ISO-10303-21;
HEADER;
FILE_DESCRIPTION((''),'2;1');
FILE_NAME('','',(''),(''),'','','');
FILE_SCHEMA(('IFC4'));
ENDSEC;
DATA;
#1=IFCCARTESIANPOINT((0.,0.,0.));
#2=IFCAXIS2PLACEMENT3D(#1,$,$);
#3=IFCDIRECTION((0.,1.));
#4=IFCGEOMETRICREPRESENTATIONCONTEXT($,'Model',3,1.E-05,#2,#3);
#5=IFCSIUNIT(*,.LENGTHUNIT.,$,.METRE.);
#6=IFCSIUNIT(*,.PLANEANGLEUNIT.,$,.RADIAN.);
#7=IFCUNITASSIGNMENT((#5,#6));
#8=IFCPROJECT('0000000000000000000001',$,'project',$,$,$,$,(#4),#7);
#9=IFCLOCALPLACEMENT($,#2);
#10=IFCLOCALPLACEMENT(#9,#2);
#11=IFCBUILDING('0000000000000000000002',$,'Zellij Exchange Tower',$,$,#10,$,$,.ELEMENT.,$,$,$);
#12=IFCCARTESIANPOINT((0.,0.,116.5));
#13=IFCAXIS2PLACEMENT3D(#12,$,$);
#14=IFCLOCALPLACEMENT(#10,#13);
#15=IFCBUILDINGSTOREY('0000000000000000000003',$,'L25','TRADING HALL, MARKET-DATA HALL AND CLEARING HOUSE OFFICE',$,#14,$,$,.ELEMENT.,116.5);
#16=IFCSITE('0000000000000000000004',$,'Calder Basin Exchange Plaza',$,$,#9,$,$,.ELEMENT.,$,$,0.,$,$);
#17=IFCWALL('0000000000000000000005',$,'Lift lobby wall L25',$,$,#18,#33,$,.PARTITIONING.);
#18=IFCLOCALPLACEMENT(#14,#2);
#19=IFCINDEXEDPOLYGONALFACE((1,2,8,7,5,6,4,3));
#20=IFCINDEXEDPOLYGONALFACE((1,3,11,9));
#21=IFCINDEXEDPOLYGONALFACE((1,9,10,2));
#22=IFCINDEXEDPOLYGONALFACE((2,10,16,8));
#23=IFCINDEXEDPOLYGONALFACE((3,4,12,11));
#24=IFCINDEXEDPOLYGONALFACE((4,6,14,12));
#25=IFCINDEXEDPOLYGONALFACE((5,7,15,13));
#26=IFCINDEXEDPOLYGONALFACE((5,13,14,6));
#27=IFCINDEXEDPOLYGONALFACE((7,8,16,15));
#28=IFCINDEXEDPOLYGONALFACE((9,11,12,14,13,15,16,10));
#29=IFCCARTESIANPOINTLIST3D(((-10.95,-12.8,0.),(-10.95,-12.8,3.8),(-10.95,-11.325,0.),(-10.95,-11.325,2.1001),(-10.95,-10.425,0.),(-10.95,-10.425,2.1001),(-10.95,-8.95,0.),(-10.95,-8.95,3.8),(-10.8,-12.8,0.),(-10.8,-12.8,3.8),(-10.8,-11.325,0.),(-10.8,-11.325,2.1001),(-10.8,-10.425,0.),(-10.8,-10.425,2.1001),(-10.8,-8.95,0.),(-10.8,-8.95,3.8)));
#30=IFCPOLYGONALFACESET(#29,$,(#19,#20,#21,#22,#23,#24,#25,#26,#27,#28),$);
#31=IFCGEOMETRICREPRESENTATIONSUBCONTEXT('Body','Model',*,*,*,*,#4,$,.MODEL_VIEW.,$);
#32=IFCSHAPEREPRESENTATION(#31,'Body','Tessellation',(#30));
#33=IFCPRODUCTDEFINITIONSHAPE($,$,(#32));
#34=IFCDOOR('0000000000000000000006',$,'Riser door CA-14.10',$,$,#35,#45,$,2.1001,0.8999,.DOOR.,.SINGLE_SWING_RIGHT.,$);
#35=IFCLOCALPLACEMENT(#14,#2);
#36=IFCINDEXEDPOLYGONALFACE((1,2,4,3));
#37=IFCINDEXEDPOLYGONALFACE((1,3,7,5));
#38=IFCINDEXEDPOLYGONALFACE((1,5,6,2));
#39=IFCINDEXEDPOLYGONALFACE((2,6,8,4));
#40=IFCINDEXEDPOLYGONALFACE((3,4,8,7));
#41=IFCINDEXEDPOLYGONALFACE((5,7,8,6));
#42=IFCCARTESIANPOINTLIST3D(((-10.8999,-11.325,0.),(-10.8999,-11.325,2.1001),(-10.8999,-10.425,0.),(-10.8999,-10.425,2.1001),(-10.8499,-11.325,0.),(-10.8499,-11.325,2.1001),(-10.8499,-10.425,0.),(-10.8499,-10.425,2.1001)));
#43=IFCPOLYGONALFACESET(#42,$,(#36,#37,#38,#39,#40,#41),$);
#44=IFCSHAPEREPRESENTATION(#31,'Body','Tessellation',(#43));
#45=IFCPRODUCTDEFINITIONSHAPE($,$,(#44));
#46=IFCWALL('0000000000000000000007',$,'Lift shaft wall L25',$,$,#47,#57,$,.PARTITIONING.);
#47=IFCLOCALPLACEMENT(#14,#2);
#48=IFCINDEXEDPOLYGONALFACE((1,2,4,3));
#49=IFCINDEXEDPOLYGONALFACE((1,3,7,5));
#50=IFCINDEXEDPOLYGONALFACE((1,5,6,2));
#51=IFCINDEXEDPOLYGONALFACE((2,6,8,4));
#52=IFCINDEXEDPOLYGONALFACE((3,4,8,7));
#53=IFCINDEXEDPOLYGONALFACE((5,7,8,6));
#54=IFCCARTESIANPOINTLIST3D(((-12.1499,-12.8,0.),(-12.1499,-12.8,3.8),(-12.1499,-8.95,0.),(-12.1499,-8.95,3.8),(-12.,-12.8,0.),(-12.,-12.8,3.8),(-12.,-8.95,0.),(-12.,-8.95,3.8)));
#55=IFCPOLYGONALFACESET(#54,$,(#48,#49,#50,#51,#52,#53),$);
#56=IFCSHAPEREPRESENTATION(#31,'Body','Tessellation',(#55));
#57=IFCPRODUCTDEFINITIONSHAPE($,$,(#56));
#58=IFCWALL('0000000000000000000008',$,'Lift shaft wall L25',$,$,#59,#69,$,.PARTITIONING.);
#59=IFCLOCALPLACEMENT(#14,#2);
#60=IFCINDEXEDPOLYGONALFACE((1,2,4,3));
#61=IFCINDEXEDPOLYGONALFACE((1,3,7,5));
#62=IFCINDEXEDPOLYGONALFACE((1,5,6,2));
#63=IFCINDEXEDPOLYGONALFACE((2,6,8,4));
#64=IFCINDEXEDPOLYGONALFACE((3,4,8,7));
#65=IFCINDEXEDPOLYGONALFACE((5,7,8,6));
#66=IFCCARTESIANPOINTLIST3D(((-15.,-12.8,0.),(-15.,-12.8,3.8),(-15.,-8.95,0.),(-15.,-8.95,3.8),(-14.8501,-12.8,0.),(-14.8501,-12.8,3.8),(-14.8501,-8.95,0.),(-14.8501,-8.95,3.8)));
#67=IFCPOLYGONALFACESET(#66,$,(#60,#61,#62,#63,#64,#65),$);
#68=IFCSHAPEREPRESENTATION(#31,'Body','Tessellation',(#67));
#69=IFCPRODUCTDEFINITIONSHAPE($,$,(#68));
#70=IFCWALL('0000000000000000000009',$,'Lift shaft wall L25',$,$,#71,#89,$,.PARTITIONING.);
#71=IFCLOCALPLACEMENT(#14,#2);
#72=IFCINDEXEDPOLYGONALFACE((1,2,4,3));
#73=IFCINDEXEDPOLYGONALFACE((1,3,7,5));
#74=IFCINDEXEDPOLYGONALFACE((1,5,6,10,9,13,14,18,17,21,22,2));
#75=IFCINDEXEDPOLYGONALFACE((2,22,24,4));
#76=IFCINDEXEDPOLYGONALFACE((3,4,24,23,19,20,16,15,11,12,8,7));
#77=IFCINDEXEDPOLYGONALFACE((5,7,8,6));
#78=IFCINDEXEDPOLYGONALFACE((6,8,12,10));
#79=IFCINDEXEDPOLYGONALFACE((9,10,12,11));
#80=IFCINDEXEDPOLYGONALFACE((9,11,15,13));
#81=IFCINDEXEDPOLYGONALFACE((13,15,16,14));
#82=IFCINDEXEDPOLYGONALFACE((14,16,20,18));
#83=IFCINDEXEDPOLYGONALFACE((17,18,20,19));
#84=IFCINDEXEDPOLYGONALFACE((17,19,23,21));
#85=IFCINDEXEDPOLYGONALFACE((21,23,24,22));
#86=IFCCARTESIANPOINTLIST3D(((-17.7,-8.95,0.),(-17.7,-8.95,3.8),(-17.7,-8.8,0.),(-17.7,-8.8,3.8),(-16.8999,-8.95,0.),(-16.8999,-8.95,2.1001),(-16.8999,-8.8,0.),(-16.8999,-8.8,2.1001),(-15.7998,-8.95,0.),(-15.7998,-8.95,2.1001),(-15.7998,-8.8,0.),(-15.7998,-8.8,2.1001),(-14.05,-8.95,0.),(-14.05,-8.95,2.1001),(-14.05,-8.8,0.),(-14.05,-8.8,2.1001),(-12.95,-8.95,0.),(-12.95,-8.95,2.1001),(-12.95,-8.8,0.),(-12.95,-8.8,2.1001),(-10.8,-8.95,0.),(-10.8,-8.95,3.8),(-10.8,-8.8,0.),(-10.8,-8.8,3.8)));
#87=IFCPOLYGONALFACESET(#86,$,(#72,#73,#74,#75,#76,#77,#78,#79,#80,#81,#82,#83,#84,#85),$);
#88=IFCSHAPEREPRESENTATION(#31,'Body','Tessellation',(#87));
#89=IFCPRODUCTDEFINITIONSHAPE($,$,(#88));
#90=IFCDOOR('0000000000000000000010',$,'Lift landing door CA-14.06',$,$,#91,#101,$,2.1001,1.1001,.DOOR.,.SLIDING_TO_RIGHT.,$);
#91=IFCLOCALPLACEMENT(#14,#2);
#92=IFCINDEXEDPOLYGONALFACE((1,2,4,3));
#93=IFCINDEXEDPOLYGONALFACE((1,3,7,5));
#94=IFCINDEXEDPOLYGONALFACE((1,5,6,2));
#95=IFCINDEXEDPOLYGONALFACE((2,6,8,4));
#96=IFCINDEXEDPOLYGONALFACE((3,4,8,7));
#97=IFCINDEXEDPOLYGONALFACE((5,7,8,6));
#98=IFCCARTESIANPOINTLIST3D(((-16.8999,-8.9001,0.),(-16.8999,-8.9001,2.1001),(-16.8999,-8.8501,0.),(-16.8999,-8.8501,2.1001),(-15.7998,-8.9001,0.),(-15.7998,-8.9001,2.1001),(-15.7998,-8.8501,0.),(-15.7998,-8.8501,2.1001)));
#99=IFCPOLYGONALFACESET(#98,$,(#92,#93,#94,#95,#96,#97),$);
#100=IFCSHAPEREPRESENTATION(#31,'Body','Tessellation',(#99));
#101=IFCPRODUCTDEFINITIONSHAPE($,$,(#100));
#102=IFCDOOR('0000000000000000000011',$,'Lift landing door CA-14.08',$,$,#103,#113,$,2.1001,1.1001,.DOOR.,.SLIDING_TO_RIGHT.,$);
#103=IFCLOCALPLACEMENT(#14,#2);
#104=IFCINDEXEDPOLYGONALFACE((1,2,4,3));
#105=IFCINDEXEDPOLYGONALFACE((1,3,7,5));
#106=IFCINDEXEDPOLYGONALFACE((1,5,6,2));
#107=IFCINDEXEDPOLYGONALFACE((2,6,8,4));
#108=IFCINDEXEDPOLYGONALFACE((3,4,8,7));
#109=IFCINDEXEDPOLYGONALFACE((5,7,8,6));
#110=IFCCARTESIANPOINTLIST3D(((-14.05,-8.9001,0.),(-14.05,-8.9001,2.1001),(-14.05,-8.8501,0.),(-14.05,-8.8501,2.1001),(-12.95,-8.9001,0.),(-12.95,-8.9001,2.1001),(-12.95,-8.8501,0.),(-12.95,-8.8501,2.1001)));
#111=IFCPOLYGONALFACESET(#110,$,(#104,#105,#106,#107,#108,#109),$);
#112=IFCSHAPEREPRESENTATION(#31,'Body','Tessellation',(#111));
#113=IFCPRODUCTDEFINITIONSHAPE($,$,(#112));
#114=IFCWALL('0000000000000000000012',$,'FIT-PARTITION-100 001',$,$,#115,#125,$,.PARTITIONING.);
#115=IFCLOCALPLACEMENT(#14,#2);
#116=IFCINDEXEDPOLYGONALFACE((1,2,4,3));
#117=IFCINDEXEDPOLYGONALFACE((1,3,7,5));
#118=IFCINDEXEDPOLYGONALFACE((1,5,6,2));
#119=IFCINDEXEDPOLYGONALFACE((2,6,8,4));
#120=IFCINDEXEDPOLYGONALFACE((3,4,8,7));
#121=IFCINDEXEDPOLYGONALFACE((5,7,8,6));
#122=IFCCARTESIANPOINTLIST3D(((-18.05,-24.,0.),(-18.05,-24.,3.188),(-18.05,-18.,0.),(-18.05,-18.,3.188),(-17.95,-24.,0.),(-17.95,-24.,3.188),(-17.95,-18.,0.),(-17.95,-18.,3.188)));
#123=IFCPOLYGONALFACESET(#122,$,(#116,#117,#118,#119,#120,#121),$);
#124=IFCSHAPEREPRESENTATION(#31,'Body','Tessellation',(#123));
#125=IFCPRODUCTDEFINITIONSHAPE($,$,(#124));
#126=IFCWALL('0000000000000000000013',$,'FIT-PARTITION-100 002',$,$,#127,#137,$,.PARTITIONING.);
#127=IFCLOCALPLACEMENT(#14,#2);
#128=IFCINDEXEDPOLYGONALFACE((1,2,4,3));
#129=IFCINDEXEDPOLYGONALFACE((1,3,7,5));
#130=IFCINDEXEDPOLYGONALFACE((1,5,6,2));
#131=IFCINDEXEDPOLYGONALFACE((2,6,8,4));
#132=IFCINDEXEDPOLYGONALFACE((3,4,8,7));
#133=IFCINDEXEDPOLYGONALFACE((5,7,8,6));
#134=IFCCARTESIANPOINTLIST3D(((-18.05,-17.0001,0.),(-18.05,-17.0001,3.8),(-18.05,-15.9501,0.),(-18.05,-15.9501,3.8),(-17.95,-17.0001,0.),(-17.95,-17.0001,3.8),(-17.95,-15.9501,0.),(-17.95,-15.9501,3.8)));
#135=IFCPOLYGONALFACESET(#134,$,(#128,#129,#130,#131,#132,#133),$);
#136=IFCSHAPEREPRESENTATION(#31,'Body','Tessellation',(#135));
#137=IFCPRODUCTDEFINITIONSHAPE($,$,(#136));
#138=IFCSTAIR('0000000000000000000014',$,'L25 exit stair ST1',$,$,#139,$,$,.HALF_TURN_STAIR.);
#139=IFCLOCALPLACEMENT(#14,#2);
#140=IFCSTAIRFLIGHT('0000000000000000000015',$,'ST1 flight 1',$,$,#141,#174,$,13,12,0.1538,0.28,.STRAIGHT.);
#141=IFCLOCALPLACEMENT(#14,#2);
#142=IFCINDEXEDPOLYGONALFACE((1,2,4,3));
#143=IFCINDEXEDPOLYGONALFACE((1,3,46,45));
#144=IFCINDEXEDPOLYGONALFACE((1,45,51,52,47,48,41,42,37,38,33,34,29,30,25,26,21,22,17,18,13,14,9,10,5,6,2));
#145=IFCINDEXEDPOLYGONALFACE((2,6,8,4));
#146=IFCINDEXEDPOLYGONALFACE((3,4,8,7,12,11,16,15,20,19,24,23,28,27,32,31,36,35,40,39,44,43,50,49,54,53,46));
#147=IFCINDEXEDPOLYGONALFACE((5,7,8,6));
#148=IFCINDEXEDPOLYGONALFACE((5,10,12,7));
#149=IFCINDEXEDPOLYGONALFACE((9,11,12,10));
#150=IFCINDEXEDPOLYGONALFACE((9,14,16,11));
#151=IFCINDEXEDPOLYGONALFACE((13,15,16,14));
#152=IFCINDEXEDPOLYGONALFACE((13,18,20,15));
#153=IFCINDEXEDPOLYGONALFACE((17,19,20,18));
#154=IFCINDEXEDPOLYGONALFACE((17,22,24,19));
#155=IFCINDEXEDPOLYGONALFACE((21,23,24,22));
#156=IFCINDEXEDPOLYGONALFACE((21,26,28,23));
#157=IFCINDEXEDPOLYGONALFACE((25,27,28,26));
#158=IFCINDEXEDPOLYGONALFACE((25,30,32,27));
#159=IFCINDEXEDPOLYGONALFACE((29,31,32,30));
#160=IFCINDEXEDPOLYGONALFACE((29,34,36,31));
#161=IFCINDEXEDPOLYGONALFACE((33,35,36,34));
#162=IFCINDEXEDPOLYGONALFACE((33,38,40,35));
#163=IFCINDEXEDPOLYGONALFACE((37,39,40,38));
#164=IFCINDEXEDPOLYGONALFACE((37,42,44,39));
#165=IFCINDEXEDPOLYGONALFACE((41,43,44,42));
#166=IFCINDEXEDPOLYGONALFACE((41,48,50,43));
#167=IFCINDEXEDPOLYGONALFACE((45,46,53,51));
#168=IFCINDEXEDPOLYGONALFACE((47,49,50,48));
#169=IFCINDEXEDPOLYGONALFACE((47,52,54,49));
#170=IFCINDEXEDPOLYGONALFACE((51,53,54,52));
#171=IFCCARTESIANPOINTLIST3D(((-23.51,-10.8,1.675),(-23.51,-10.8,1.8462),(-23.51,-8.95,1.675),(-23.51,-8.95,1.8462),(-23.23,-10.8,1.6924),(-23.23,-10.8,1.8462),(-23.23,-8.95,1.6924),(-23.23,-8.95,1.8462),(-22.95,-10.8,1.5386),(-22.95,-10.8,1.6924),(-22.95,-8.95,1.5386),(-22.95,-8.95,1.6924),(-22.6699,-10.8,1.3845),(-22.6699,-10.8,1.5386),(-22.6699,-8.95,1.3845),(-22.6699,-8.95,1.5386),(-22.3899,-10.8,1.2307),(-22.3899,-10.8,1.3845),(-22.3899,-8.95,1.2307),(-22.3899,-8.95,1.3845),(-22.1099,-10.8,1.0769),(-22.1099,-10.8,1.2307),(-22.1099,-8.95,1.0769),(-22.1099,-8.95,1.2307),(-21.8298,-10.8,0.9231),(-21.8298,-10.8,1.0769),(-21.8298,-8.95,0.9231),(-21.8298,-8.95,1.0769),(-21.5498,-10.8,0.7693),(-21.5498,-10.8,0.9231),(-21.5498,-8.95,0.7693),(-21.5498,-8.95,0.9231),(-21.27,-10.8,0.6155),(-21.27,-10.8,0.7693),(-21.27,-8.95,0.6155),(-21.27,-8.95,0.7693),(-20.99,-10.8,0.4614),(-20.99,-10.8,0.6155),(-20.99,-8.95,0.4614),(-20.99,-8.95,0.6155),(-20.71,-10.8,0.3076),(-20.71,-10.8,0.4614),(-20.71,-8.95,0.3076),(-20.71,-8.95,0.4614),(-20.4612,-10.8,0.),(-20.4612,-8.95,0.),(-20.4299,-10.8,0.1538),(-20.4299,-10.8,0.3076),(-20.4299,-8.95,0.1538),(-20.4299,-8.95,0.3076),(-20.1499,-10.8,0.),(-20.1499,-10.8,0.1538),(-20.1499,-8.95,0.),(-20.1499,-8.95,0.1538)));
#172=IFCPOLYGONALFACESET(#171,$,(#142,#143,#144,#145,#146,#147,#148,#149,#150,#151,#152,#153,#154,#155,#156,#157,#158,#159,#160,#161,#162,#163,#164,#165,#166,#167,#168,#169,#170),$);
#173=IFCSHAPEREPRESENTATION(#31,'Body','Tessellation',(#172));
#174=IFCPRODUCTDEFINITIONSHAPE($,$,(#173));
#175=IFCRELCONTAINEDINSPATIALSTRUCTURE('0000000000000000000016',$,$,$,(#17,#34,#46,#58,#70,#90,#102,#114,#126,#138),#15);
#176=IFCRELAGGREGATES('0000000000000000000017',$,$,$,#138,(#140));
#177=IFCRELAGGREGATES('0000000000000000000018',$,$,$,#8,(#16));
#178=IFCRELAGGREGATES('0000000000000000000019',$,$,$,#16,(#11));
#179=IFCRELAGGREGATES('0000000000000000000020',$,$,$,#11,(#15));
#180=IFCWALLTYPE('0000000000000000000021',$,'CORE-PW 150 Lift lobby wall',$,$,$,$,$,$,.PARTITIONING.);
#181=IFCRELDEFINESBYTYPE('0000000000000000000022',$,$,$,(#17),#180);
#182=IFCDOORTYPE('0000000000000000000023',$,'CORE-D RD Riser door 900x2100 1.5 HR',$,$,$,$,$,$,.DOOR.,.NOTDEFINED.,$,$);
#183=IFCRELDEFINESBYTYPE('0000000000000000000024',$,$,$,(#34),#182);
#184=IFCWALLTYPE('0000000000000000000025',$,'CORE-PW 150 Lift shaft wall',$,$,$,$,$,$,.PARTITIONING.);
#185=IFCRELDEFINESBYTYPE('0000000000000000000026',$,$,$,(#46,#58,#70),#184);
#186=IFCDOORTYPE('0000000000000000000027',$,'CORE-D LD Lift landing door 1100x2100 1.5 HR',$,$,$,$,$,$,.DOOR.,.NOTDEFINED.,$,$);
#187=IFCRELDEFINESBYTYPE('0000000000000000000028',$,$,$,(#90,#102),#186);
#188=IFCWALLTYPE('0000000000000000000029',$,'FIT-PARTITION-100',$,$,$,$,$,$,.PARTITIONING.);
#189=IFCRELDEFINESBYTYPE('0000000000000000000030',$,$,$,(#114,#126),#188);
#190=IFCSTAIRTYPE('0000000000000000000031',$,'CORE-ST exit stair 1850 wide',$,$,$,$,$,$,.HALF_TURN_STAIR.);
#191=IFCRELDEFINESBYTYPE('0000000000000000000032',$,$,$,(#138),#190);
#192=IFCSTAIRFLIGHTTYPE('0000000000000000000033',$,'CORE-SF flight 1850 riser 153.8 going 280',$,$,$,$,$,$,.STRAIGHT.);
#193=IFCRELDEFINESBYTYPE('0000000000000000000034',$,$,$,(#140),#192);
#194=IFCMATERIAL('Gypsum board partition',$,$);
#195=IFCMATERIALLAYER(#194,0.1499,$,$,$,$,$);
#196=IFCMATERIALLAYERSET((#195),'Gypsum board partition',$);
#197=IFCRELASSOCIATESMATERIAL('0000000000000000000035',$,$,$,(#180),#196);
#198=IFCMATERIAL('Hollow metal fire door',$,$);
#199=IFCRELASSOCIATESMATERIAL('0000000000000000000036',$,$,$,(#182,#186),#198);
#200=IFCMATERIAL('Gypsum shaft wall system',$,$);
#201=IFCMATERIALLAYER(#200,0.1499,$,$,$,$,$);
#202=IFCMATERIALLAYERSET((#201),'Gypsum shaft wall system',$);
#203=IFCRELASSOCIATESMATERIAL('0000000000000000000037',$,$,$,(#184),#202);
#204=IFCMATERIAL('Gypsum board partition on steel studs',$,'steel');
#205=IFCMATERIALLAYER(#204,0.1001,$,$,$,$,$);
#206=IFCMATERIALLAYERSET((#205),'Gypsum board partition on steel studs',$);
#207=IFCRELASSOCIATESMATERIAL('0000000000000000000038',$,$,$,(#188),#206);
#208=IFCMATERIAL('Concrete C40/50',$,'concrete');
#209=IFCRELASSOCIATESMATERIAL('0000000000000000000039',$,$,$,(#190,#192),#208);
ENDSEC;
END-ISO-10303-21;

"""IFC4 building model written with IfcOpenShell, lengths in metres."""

from ifc_helpers import new_model, si_unit, direction, frame, frame_2d, origin, place, context, subcontext, project, spatial, polyline, rectangle, outline, extrude, material, layer, layer_set, type_object, element, fill, aggregate, save


model = new_model("IFC4")

# Units and contexts
model_context = context("Model", 3, precision=1e-05, world=origin(), true_north=direction((0.0, 1.0)))
body_context = subcontext(model_context, "Body", "Model", "MODEL_VIEW")
ifc_project = project(units=[si_unit("LENGTHUNIT", "METRE"), si_unit("PLANEANGLEUNIT", "RADIAN")], contexts=[model_context])

# Site, building, storey
site_placement = place(None, origin())
site = spatial("IfcSite", under=ifc_project, at=site_placement, Name="Calder Basin Exchange Plaza", CompositionType="ELEMENT", RefElevation=0.0)
building_placement = place(site_placement, origin())
building = spatial("IfcBuilding", under=site, at=building_placement, Name="Zellij Exchange Tower", CompositionType="ELEMENT")
storey_placement = place(building_placement, frame((0.0, 0.0, 116.5)))
storey = spatial("IfcBuildingStorey", under=building, at=storey_placement, Name="L25", Description="TRADING HALL, MARKET-DATA HALL AND CLEARING HOUSE OFFICE", CompositionType="ELEMENT", Elevation=116.5)

# Wall, opening, door
ifc_material_1 = material(Name="Gypsum board partition")
ifc_layer_1 = layer(ifc_material_1, 0.1499)
ifc_layer_set_1 = layer_set([ifc_layer_1], Name="Gypsum board partition")
wall_type_1 = type_object("IfcWallType", Name="CORE-PW 150 Lift lobby wall", PredefinedType="PARTITIONING", material=ifc_layer_set_1)
wall_1_placement = place(storey_placement, frame((-10.875, -12.8, 0.0), z_axis=(0.0, 0.0, 1.0), x_axis=(0.0, 1.0, 0.0)))
wall_1 = element("IfcWall", 1, at=wall_1_placement, inside=storey, type_object=wall_type_1, Name="Lift lobby wall L25", PredefinedType="PARTITIONING", context=body_context, shape_type="SweptSolid", body=[
    extrude(rectangle(XDim=3.8501, YDim=0.1499, at=frame_2d((1.925, 0.0))), origin(), (0.0, 0.0, 1.0), 3.8),
])
opening_1_placement = place(wall_1_placement, frame((1.4751, 0.0, 0.0)))
opening_1 = element("IfcOpeningElement", 2, at=opening_1_placement, cuts=wall_1, PredefinedType="OPENING", context=body_context, shape_type="SweptSolid", body=[
    extrude(rectangle(XDim=0.8999, YDim=2.1001, at=frame_2d((0.45, 1.05))), frame((0.0, 0.0869, 0.0), z_axis=(0.0, -1.0, 0.0), x_axis=(1.0, 0.0, 0.0)), (0.0, 0.0, 1.0), 0.1738),
])
ifc_material_2 = material(Name="Hollow metal fire door")
door_type_1 = type_object("IfcDoorType", Name="CORE-D RD Riser door 900x2100 1.5 HR", OperationType="NOTDEFINED", PredefinedType="DOOR", material=ifc_material_2)
door_1_placement = place(opening_1_placement, origin())
door_1 = element("IfcDoor", 3, at=door_1_placement, inside=storey, type_object=door_type_1, Name="Riser door CA-14.10", OperationType="SINGLE_SWING_RIGHT", OverallHeight=2.1001, OverallWidth=0.8999, PredefinedType="DOOR", context=body_context, shape_type="SweptSolid", body=[
    extrude(rectangle(XDim=0.8999, YDim=2.1001, at=frame_2d((0.45, 1.05))), frame((0.0, 0.0249, 0.0), z_axis=(0.0, -1.0, 0.0), x_axis=(1.0, 0.0, 0.0)), (0.0, 0.0, 1.0), 0.05),
])
fill(opening_1, door_1)

# Walls
ifc_material_3 = material(Name="Gypsum shaft wall system")
ifc_layer_2 = layer(ifc_material_3, 0.1499)
ifc_layer_set_2 = layer_set([ifc_layer_2], Name="Gypsum shaft wall system")
wall_type_2 = type_object("IfcWallType", Name="CORE-PW 150 Lift shaft wall", PredefinedType="PARTITIONING", material=ifc_layer_set_2)
for number, where, z_axis, x_axis, name in (
    (4, (-12.075, -12.8, 0.0), (0.0, 0.0, 1.0), (0.0, 1.0, 0.0), "Lift shaft wall L25"),
    (5, (-14.925, -12.8, 0.0), (0.0, 0.0, 1.0), (0.0, 1.0, 0.0), "Lift shaft wall L25"),
):
    element("IfcWall", number, at=place(storey_placement, frame(where, z_axis=z_axis, x_axis=x_axis)), inside=storey, type_object=wall_type_2, Name=name, PredefinedType="PARTITIONING", context=body_context, shape_type="SweptSolid", body=[
        extrude(rectangle(XDim=3.8501, YDim=0.1499, at=frame_2d((1.925, 0.0))), origin(), (0.0, 0.0, 1.0), 3.8),
    ])

# Wall, openings, doors
wall_2_placement = place(storey_placement, frame((-17.7, -8.875, 0.0), z_axis=(0.0, 0.0, 1.0), x_axis=(1.0, 0.0, 0.0)))
wall_2 = element("IfcWall", 6, at=wall_2_placement, inside=storey, type_object=wall_type_2, Name="Lift shaft wall L25", PredefinedType="PARTITIONING", context=body_context, shape_type="SweptSolid", body=[
    extrude(rectangle(XDim=6.8999, YDim=0.1499, at=frame_2d((3.45, 0.0))), origin(), (0.0, 0.0, 1.0), 3.8),
])
opening_2_placement = place(wall_2_placement, frame((0.8, 0.0, 0.0)))
opening_2 = element("IfcOpeningElement", 7, at=opening_2_placement, cuts=wall_2, PredefinedType="OPENING", context=body_context, shape_type="SweptSolid", body=[
    extrude(rectangle(XDim=1.1001, YDim=2.1001, at=frame_2d((0.55, 1.05))), frame((0.0, 0.0869, 0.0), z_axis=(0.0, -1.0, 0.0), x_axis=(1.0, 0.0, 0.0)), (0.0, 0.0, 1.0), 0.1738),
])
opening_3_placement = place(wall_2_placement, frame((3.6499, 0.0, 0.0)))
opening_3 = element("IfcOpeningElement", 8, at=opening_3_placement, cuts=wall_2, PredefinedType="OPENING", context=body_context, shape_type="SweptSolid", body=[
    extrude(rectangle(XDim=1.1001, YDim=2.1001, at=frame_2d((0.55, 1.05))), frame((0.0, 0.0869, 0.0), z_axis=(0.0, -1.0, 0.0), x_axis=(1.0, 0.0, 0.0)), (0.0, 0.0, 1.0), 0.1738),
])
door_type_2 = type_object("IfcDoorType", Name="CORE-D LD Lift landing door 1100x2100 1.5 HR", OperationType="NOTDEFINED", PredefinedType="DOOR", material=ifc_material_2)
door_2_placement = place(opening_2_placement, origin())
door_2 = element("IfcDoor", 9, at=door_2_placement, inside=storey, type_object=door_type_2, Name="Lift landing door CA-14.06", OperationType="SLIDING_TO_RIGHT", OverallHeight=2.1001, OverallWidth=1.1001, PredefinedType="DOOR", context=body_context, shape_type="SweptSolid", body=[
    extrude(rectangle(XDim=1.1001, YDim=2.1001, at=frame_2d((0.55, 1.05))), frame((0.0, 0.0249, 0.0), z_axis=(0.0, -1.0, 0.0), x_axis=(1.0, 0.0, 0.0)), (0.0, 0.0, 1.0), 0.05),
])
fill(opening_2, door_2)
door_3_placement = place(opening_3_placement, origin())
door_3 = element("IfcDoor", 10, at=door_3_placement, inside=storey, type_object=door_type_2, Name="Lift landing door CA-14.08", OperationType="SLIDING_TO_RIGHT", OverallHeight=2.1001, OverallWidth=1.1001, PredefinedType="DOOR", context=body_context, shape_type="SweptSolid", body=[
    extrude(rectangle(XDim=1.1001, YDim=2.1001, at=frame_2d((0.55, 1.05))), frame((0.0, 0.0249, 0.0), z_axis=(0.0, -1.0, 0.0), x_axis=(1.0, 0.0, 0.0)), (0.0, 0.0, 1.0), 0.05),
])
fill(opening_3, door_3)

# Walls
ifc_material_4 = material(Name="Gypsum board partition on steel studs", Category="steel")
ifc_layer_3 = layer(ifc_material_4, 0.1001)
ifc_layer_set_3 = layer_set([ifc_layer_3], Name="Gypsum board partition on steel studs")
wall_type_3 = type_object("IfcWallType", Name="FIT-PARTITION-100", PredefinedType="PARTITIONING", material=ifc_layer_set_3)
wall_3_placement = place(storey_placement, frame((-18.0, -24.0, 0.0), z_axis=(0.0, 0.0, 1.0), x_axis=(0.0, 1.0, 0.0)))
element("IfcWall", 11, at=wall_3_placement, inside=storey, type_object=wall_type_3, Name="FIT-PARTITION-100 001", PredefinedType="PARTITIONING", context=body_context, shape_type="SweptSolid", body=[
    extrude(rectangle(XDim=6.0, YDim=0.1001, at=frame_2d((3.0, 0.0))), origin(), (0.0, 0.0, 1.0), 3.188),
])
wall_4_placement = place(storey_placement, frame((-18.0, -17.0, 0.0), z_axis=(0.0, 0.0, 1.0), x_axis=(0.0, 1.0, 0.0)))
element("IfcWall", 12, at=wall_4_placement, inside=storey, type_object=wall_type_3, Name="FIT-PARTITION-100 002", PredefinedType="PARTITIONING", context=body_context, shape_type="SweptSolid", body=[
    extrude(rectangle(XDim=1.05, YDim=0.1001, at=frame_2d((0.5249, 0.0))), origin(), (0.0, 0.0, 1.0), 3.8),
])

# Stair, stair flight
ifc_material_5 = material(Name="Concrete C40/50", Category="concrete")
stair_type = type_object("IfcStairType", Name="CORE-ST exit stair 1850 wide", PredefinedType="HALF_TURN_STAIR", material=ifc_material_5)
stair_placement = place(storey_placement, origin())
stair = element("IfcStair", 13, at=stair_placement, inside=storey, type_object=stair_type, Name="L25 exit stair ST1", PredefinedType="HALF_TURN_STAIR")
stair_flight_type = type_object("IfcStairFlightType", Name="CORE-SF flight 1850 riser 153.8 going 280", PredefinedType="STRAIGHT", material=ifc_material_5)
stair_flight_1_placement = place(storey_placement, frame((-20.1499, -9.875, 0.0), z_axis=(0.0, 0.0, 1.0), x_axis=(-1.0, 0.0, 0.0)))
stair_flight_1 = element("IfcStairFlight", 14, at=stair_flight_1_placement, type_object=stair_flight_type, Name="ST1 flight 1", NumberOfRisers=13, NumberOfTreads=12, PredefinedType="STRAIGHT", RiserHeight=0.1538, TreadLength=0.28, context=body_context, shape_type="SweptSolid", body=[
    extrude(outline(polyline([(0.0, 0.0), (0.0, 0.1538), (0.28, 0.1538), (0.28, 0.3076), (0.5601, 0.3076), (0.5601, 0.4614), (0.8401, 0.4614), (0.8401, 0.6155), (1.1201, 0.6155), (1.1201, 0.7693), (1.3999, 0.7693), (1.3999, 0.9231), (1.6799, 0.9231), (1.6799, 1.0769), (1.96, 1.0769), (1.96, 1.2307), (2.24, 1.2307), (2.24, 1.3845), (2.52, 1.3845), (2.52, 1.5386), (2.8, 1.5386), (2.8, 1.6924), (3.0801, 1.6924), (3.0801, 1.8462), (3.3601, 1.8462), (3.3601, 2.0), (3.3601, 1.675), (0.3113, 0.0), (0.0, 0.0)])), frame((0.0, 0.925, 0.0), z_axis=(0.0, -1.0, 0.0), x_axis=(1.0, 0.0, 0.0)), (0.0, 0.0, 1.0), 1.8501),
])
aggregate(stair, [stair_flight_1])

save(model, "model.ifc")
